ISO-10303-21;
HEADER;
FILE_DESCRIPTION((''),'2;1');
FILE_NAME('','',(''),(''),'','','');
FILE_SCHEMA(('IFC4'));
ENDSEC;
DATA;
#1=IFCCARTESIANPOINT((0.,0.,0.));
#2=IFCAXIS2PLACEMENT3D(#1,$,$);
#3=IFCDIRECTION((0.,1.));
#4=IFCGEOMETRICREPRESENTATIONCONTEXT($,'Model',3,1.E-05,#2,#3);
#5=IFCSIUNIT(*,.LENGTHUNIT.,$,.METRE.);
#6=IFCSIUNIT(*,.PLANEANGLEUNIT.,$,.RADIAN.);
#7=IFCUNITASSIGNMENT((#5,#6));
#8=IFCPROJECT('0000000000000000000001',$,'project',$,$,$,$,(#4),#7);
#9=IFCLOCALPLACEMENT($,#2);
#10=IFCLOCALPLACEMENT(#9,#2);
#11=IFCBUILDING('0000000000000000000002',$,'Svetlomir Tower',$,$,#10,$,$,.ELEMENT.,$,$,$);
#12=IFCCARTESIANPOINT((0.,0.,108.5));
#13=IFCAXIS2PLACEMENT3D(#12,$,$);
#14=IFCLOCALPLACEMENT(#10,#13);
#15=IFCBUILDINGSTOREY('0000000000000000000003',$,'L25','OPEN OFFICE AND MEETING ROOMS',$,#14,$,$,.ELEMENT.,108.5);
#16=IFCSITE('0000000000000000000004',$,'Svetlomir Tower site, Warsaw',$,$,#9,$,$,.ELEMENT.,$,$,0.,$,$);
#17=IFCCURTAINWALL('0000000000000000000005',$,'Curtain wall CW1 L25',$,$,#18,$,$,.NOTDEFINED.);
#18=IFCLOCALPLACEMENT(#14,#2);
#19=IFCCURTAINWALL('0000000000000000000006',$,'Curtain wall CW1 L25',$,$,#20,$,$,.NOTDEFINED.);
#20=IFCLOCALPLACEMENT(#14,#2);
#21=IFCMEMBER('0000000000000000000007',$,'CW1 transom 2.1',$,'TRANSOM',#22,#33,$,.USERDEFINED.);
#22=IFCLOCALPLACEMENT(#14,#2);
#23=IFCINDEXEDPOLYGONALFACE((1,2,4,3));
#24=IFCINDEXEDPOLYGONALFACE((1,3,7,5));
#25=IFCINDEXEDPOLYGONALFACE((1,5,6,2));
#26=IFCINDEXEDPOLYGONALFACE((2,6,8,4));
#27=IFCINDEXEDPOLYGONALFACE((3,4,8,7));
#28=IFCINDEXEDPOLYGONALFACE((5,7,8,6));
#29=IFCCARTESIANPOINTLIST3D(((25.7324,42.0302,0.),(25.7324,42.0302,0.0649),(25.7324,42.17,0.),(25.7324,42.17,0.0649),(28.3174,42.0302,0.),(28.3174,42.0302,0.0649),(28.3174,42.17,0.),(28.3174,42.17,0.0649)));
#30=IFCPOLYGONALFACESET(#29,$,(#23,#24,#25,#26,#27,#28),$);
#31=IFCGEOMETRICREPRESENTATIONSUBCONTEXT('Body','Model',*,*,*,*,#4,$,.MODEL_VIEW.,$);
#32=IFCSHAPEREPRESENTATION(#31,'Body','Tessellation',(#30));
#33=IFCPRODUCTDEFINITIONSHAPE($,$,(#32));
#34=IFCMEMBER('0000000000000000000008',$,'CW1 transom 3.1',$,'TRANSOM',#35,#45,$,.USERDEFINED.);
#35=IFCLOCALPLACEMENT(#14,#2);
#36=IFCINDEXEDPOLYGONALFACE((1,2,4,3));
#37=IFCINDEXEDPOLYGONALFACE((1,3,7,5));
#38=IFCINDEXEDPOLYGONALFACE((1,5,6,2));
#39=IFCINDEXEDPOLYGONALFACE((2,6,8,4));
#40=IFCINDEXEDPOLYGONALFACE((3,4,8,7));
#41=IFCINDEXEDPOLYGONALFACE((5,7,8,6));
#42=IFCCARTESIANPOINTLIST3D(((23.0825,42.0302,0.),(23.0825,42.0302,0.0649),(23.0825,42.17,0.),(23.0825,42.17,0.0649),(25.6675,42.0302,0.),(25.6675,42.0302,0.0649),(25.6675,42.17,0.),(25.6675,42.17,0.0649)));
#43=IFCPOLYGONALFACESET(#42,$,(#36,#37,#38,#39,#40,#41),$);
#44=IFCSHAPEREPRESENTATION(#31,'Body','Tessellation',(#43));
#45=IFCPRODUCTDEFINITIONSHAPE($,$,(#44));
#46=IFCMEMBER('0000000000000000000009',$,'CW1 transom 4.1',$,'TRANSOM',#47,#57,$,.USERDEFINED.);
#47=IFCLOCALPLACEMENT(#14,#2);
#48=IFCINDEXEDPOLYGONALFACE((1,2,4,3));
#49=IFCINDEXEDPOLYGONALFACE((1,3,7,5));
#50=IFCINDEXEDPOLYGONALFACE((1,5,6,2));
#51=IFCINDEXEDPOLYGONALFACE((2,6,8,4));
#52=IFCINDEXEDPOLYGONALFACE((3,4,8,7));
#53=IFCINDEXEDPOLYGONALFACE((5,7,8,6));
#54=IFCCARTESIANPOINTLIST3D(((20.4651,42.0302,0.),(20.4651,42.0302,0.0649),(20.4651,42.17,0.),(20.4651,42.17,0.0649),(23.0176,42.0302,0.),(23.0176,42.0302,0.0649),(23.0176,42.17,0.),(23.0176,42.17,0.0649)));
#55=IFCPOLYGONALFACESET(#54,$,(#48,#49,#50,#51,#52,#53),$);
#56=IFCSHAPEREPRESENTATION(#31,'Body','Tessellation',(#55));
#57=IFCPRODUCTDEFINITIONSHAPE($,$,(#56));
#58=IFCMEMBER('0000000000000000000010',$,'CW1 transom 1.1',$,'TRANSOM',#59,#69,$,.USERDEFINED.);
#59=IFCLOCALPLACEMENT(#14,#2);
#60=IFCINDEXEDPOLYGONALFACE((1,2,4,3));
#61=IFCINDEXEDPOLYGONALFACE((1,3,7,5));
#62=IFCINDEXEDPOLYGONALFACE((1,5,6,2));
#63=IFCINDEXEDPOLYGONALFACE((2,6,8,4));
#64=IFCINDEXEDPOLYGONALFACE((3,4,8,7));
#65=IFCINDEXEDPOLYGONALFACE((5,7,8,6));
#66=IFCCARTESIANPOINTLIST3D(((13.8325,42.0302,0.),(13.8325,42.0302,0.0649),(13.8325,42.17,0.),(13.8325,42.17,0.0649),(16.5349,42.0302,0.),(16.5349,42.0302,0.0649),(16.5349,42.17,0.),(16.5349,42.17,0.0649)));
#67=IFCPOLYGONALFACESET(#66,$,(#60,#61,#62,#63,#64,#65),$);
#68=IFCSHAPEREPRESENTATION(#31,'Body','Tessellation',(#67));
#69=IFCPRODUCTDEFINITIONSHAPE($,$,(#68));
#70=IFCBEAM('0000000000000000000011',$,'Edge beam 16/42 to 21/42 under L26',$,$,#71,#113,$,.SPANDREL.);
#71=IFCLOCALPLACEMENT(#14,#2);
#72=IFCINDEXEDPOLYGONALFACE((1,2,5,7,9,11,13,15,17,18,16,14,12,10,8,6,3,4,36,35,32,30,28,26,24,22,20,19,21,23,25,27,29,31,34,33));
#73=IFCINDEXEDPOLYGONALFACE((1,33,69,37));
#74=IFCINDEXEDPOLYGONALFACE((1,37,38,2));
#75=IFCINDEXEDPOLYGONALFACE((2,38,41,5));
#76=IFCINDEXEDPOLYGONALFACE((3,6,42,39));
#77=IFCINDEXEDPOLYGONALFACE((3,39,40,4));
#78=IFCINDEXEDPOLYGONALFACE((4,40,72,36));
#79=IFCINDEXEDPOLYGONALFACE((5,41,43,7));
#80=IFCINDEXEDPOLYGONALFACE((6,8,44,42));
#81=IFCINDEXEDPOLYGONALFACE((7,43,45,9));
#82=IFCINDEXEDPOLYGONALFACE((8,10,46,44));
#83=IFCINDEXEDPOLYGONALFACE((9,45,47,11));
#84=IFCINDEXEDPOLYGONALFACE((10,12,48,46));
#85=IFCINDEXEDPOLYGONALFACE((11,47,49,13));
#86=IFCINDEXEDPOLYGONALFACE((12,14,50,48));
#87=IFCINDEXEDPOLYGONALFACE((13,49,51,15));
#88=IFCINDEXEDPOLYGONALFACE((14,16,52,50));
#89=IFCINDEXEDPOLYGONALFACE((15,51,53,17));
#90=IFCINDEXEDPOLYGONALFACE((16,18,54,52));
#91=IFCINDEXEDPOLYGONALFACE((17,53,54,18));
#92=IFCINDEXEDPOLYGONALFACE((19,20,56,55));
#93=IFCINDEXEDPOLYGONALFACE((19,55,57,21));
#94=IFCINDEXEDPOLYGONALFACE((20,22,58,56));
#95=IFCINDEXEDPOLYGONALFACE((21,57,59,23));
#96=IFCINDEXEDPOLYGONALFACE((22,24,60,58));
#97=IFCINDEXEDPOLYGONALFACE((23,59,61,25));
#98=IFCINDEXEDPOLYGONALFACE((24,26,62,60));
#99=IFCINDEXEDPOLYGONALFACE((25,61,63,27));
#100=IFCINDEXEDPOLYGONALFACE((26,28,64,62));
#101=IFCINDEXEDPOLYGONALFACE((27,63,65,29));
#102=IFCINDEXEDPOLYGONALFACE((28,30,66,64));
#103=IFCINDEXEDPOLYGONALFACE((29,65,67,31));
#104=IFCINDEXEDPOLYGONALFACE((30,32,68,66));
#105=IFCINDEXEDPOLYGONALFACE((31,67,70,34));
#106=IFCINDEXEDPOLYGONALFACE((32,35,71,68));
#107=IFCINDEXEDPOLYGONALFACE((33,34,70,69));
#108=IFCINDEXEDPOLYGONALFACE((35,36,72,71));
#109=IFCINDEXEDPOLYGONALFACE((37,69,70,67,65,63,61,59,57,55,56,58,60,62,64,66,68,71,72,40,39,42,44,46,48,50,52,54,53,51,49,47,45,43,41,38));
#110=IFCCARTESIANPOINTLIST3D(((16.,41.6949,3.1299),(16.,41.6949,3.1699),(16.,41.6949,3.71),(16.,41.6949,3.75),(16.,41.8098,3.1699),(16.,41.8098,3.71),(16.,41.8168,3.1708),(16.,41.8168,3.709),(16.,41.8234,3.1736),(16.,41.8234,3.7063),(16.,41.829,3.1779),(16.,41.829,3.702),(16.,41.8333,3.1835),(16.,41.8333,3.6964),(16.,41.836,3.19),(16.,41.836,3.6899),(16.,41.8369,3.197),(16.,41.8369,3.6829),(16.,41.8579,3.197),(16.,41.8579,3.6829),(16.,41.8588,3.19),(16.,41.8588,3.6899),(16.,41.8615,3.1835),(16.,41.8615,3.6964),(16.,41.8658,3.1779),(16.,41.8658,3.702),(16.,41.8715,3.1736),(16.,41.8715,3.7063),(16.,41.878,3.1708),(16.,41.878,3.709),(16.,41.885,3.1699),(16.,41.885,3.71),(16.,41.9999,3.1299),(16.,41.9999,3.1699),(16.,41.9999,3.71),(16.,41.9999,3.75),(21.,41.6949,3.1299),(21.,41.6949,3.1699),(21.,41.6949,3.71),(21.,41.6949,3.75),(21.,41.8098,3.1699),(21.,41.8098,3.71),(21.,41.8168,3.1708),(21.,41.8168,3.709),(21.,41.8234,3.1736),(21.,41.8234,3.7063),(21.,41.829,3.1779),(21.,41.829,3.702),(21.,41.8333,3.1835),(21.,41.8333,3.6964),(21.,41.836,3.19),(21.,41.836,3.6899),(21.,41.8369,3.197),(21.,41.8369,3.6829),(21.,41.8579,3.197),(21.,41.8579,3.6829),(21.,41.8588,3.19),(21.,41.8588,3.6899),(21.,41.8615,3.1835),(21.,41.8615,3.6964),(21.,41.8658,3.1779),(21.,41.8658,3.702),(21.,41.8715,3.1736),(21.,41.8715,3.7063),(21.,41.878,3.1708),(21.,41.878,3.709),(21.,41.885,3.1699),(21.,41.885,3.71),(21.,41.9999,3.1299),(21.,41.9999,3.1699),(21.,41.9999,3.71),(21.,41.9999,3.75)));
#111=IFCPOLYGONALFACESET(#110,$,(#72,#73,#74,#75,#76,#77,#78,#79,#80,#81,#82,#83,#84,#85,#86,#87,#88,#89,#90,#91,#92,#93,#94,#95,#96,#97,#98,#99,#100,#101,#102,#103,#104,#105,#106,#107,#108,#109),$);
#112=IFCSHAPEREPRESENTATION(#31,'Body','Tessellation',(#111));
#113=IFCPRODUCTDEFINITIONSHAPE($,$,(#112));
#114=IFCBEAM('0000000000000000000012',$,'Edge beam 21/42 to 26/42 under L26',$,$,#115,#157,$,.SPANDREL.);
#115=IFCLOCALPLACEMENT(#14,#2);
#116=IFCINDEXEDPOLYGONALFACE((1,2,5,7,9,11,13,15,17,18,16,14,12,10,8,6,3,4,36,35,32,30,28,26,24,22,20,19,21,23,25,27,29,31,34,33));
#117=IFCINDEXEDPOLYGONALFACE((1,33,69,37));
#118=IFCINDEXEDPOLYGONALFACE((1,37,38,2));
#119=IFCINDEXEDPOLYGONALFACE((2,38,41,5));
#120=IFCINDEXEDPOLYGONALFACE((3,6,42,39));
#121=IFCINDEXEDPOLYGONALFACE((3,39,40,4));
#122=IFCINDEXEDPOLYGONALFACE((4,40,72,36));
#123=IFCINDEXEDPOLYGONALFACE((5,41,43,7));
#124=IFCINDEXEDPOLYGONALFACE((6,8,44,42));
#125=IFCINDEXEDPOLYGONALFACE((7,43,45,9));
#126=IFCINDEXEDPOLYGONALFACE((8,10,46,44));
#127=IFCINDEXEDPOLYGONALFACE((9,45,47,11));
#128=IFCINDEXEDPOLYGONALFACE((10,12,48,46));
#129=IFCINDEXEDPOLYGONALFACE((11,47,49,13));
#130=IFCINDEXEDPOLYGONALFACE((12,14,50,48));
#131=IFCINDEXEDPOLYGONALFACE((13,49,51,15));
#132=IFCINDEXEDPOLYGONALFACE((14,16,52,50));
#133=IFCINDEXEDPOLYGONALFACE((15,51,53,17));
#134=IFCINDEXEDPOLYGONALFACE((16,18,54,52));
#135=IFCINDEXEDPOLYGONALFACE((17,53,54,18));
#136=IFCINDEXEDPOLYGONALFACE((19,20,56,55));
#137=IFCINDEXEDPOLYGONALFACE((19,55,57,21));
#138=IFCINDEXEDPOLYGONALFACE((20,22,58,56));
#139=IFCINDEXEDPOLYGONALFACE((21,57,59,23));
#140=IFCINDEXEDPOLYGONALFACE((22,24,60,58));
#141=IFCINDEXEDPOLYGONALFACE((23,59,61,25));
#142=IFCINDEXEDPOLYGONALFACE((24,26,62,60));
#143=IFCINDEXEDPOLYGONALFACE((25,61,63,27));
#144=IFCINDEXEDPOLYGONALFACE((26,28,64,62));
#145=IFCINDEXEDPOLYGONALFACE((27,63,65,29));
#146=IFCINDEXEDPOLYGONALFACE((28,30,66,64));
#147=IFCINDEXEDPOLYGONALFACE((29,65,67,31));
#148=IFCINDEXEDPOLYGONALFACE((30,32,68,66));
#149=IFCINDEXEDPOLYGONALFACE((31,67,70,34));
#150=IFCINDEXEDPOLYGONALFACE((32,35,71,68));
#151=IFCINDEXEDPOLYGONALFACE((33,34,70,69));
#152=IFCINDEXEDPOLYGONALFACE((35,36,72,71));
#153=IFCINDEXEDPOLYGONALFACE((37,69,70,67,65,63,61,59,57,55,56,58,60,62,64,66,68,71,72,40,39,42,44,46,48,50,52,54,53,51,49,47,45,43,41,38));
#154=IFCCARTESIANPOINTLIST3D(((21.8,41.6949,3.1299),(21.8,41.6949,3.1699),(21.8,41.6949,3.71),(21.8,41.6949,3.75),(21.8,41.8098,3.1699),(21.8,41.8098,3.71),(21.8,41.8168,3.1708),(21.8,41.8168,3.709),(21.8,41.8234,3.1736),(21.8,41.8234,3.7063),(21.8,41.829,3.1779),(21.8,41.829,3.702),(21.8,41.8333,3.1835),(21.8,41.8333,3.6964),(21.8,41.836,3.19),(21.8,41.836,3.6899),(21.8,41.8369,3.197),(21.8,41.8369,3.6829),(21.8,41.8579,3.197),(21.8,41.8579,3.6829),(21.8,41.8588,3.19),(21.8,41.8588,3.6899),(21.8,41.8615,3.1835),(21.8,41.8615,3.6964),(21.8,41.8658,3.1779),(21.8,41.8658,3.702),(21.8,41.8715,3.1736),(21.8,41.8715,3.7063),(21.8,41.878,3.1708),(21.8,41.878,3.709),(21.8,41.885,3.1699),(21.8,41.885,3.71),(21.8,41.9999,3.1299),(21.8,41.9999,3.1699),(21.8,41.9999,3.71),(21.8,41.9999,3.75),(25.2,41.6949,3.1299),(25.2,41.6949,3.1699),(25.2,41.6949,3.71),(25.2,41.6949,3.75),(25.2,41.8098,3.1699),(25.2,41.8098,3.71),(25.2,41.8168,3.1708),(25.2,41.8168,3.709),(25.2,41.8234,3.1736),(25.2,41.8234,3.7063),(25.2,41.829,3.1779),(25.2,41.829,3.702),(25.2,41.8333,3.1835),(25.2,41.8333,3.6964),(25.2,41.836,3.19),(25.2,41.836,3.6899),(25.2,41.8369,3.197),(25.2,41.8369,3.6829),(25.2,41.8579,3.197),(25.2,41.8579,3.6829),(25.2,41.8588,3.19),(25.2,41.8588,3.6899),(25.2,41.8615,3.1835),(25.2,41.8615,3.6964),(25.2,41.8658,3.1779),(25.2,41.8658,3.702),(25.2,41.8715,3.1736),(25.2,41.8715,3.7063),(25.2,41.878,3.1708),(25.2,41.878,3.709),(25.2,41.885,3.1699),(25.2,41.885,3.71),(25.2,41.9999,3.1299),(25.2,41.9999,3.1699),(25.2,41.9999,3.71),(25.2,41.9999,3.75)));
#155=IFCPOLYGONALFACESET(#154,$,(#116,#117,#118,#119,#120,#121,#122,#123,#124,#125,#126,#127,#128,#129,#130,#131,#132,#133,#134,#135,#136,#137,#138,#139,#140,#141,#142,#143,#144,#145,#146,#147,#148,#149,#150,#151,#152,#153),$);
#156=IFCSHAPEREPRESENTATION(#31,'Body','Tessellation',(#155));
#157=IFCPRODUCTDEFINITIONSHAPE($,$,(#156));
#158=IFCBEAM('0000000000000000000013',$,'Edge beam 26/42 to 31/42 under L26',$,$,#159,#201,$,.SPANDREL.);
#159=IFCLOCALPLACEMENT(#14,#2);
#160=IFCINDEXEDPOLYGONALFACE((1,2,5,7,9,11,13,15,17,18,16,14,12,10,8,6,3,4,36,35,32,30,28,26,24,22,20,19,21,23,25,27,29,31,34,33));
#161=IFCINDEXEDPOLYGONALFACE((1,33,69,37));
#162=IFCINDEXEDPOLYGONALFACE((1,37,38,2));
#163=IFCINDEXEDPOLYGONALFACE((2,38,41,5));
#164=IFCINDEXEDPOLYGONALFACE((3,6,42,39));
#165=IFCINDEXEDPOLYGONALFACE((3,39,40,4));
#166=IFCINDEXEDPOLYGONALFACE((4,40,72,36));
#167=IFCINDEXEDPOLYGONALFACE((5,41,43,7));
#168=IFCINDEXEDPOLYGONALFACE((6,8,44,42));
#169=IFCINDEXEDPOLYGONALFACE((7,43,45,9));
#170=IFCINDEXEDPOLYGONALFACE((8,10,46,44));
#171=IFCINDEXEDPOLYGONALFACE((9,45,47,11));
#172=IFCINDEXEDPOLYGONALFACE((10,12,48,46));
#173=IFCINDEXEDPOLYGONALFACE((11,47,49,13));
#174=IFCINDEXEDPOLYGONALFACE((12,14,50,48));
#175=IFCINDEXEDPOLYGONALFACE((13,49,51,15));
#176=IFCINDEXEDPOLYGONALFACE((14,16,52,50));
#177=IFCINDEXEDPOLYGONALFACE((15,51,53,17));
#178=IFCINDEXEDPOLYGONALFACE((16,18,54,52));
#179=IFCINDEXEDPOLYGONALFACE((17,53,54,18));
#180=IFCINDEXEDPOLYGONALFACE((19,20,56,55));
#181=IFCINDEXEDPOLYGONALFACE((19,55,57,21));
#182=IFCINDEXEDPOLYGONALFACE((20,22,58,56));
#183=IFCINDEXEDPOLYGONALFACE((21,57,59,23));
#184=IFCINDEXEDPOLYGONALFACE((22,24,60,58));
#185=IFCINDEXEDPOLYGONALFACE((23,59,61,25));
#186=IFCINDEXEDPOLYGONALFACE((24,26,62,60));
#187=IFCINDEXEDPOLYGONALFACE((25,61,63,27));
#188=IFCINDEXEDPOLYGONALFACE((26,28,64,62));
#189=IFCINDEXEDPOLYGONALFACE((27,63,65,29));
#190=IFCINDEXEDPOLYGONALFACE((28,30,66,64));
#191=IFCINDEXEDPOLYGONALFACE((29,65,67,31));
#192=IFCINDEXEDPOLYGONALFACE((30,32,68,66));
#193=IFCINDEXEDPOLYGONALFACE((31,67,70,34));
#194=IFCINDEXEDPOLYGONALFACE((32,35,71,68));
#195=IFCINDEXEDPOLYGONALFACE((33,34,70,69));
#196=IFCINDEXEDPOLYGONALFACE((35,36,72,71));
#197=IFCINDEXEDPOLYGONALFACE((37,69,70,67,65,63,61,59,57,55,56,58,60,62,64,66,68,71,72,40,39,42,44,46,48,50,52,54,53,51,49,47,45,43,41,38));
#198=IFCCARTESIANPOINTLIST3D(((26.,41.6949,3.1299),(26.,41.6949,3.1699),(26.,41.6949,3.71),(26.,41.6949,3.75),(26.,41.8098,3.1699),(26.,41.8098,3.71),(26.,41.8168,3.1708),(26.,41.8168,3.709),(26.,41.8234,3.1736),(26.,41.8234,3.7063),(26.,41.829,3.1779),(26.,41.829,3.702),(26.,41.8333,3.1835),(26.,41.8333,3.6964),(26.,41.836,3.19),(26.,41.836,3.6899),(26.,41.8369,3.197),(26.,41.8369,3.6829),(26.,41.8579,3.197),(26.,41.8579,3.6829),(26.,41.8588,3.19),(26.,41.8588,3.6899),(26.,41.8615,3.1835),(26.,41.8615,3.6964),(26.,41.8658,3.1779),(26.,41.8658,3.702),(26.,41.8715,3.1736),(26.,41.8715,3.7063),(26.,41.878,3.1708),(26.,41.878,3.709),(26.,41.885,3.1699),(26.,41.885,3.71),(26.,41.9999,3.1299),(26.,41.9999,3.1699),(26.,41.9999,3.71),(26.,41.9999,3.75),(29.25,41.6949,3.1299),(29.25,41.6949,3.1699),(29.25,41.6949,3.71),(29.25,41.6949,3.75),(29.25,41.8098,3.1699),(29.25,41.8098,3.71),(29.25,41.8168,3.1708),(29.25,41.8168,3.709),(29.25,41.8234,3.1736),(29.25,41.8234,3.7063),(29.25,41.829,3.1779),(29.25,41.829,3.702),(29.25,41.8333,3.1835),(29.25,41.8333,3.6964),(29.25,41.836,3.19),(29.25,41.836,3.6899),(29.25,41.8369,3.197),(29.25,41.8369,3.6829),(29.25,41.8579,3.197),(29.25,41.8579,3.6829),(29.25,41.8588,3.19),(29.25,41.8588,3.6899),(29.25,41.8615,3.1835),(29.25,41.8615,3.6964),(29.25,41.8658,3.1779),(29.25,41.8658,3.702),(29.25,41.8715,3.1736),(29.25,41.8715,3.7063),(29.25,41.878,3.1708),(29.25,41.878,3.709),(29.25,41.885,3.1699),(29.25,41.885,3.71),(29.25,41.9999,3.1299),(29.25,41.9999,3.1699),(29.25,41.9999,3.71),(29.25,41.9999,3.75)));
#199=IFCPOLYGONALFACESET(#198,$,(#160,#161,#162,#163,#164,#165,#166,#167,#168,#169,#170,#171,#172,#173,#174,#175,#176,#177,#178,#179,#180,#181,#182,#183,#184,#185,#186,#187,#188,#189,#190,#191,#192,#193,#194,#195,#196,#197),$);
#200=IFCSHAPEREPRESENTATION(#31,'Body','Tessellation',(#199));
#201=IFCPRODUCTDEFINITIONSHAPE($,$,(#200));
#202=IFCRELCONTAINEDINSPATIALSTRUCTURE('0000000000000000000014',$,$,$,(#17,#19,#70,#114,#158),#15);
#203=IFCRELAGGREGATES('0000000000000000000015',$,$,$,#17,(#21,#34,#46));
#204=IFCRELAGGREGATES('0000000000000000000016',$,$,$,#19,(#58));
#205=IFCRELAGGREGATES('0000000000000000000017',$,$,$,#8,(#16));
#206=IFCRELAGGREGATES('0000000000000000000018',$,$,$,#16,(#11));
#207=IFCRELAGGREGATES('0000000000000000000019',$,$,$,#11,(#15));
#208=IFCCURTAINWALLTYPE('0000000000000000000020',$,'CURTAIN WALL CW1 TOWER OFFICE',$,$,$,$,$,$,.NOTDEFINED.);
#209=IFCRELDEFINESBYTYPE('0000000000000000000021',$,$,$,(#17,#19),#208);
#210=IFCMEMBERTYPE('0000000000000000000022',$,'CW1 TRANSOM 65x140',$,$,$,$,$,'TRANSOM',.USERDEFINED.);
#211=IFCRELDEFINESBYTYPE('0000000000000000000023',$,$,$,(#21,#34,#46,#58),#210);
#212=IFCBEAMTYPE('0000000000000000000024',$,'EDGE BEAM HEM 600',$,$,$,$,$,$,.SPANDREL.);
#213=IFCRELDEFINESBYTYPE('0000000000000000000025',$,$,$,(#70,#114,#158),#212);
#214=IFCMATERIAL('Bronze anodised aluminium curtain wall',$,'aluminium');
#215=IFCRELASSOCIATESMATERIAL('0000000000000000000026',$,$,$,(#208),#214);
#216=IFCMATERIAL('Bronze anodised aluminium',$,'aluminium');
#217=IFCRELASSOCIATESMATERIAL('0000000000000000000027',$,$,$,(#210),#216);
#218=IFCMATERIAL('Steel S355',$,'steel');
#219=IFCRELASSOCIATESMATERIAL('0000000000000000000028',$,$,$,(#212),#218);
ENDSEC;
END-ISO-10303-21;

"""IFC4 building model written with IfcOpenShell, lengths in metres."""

from ifc_helpers import new_model, si_unit, direction, frame, origin, origin_2d, place, context, subcontext, project, spatial, rectangle, i_section, extrude, material, material_profile, profile_set, type_object, element, aggregate, save


model = new_model("IFC4")

# Units and contexts
model_context = context("Model", 3, precision=1e-05, world=origin(), true_north=direction((0.0, 1.0)))
body_context = subcontext(model_context, "Body", "Model", "MODEL_VIEW")
ifc_project = project(units=[si_unit("LENGTHUNIT", "METRE"), si_unit("PLANEANGLEUNIT", "RADIAN")], contexts=[model_context])

# Site, building, storey
site_placement = place(None, origin())
site = spatial("IfcSite", under=ifc_project, at=site_placement, Name="Svetlomir Tower site, Warsaw", CompositionType="ELEMENT", RefElevation=0.0)
building_placement = place(site_placement, origin())
building = spatial("IfcBuilding", under=site, at=building_placement, Name="Svetlomir Tower", CompositionType="ELEMENT")
storey_placement = place(building_placement, frame((0.0, 0.0, 108.5)))
storey = spatial("IfcBuildingStorey", under=building, at=storey_placement, Name="L25", Description="OPEN OFFICE AND MEETING ROOMS", CompositionType="ELEMENT", Elevation=108.5)

# Curtain wall
ifc_material_1 = material(Name="Bronze anodised aluminium curtain wall", Category="aluminium")
curtain_wall_type = type_object("IfcCurtainWallType", Name="CURTAIN WALL CW1 TOWER OFFICE", PredefinedType="NOTDEFINED", material=ifc_material_1)
curtain_wall_1_placement = place(storey_placement, origin())
curtain_wall_1 = element("IfcCurtainWall", 1, at=curtain_wall_1_placement, inside=storey, type_object=curtain_wall_type, Name="Curtain wall CW1 L25", PredefinedType="NOTDEFINED")

# Curtain wall
curtain_wall_2_placement = place(storey_placement, origin())
curtain_wall_2 = element("IfcCurtainWall", 2, at=curtain_wall_2_placement, inside=storey, type_object=curtain_wall_type, Name="Curtain wall CW1 L25", PredefinedType="NOTDEFINED")

# Members
ifc_material_2 = material(Name="Bronze anodised aluminium", Category="aluminium")
ifc_material_profile_1 = material_profile(ifc_material_2, rectangle(XDim=0.1399, YDim=0.0649, at=origin_2d()), Name="AL 140x65")
ifc_profile_set_1 = profile_set([ifc_material_profile_1], Name="Bronze anodised aluminium 6063-T6")
member_type_1 = type_object("IfcMemberType", Name="CW1 TRANSOM 65x140", ElementType="TRANSOM", PredefinedType="USERDEFINED", material=ifc_profile_set_1)
member_1_placement = place(storey_placement, frame((28.3174, 42.1001, 0.0325), z_axis=(-1.0, 0.0, 0.0), x_axis=(0.0, -1.0, 0.0)))
member_1 = element("IfcMember", 3, at=member_1_placement, type_object=member_type_1, Name="CW1 transom 2.1", ObjectType="TRANSOM", PredefinedType="USERDEFINED", context=body_context, shape_type="SweptSolid", body=[
    extrude(rectangle(XDim=0.1399, YDim=0.0649, at=origin_2d()), origin(), (0.0, 0.0, 1.0), 2.585),
])
member_2_placement = place(storey_placement, frame((25.6675, 42.1001, 0.0325), z_axis=(-1.0, 0.0, 0.0), x_axis=(0.0, -1.0, 0.0)))
member_2 = element("IfcMember", 4, at=member_2_placement, type_object=member_type_1, Name="CW1 transom 3.1", ObjectType="TRANSOM", PredefinedType="USERDEFINED", context=body_context, shape_type="SweptSolid", body=[
    extrude(rectangle(XDim=0.1399, YDim=0.0649, at=origin_2d()), origin(), (0.0, 0.0, 1.0), 2.585),
])
member_3_placement = place(storey_placement, frame((23.0176, 42.1001, 0.0325), z_axis=(-1.0, 0.0, 0.0), x_axis=(0.0, -1.0, 0.0)))
member_3 = element("IfcMember", 5, at=member_3_placement, type_object=member_type_1, Name="CW1 transom 4.1", ObjectType="TRANSOM", PredefinedType="USERDEFINED", context=body_context, shape_type="SweptSolid", body=[
    extrude(rectangle(XDim=0.1399, YDim=0.0649, at=origin_2d()), origin(), (0.0, 0.0, 1.0), 2.5525),
])
member_4_placement = place(storey_placement, frame((16.5349, 42.1001, 0.0325), z_axis=(-1.0, 0.0, 0.0), x_axis=(0.0, -1.0, 0.0)))
member_4 = element("IfcMember", 6, at=member_4_placement, type_object=member_type_1, Name="CW1 transom 1.1", ObjectType="TRANSOM", PredefinedType="USERDEFINED", context=body_context, shape_type="SweptSolid", body=[
    extrude(rectangle(XDim=0.1399, YDim=0.0649, at=origin_2d()), origin(), (0.0, 0.0, 1.0), 2.7024),
])

# Beams
ifc_material_3 = material(Name="Steel S355", Category="steel")
ifc_material_profile_2 = material_profile(ifc_material_3, i_section(OverallWidth=0.3049, OverallDepth=0.6201, WebThickness=0.021, FlangeThickness=0.04, FilletRadius=0.0271, at=origin_2d()), Name="HEM 600")
ifc_profile_set_2 = profile_set([ifc_material_profile_2], Name="Steel S355")
beam_type_1 = type_object("IfcBeamType", Name="EDGE BEAM HEM 600", PredefinedType="SPANDREL", material=ifc_profile_set_2)
beam_1_placement = place(storey_placement, frame((16.0, 41.8474, 3.4399), z_axis=(1.0, 0.0, 0.0), x_axis=(0.0, 1.0, 0.0)))
element("IfcBeam", 7, at=beam_1_placement, inside=storey, type_object=beam_type_1, Name="Edge beam 16/42 to 21/42 under L26", PredefinedType="SPANDREL", context=body_context, shape_type="SweptSolid", body=[
    extrude(i_section(OverallWidth=0.3049, OverallDepth=0.6201, WebThickness=0.021, FlangeThickness=0.04, FilletRadius=0.0271, at=origin_2d()), origin(), (0.0, 0.0, 1.0), 5.0),
])
beam_2_placement = place(storey_placement, frame((21.8, 41.8474, 3.4399), z_axis=(1.0, 0.0, 0.0), x_axis=(0.0, 1.0, 0.0)))
element("IfcBeam", 8, at=beam_2_placement, inside=storey, type_object=beam_type_1, Name="Edge beam 21/42 to 26/42 under L26", PredefinedType="SPANDREL", context=body_context, shape_type="SweptSolid", body=[
    extrude(i_section(OverallWidth=0.3049, OverallDepth=0.6201, WebThickness=0.021, FlangeThickness=0.04, FilletRadius=0.0271, at=origin_2d()), origin(), (0.0, 0.0, 1.0), 3.3999),
])
beam_3_placement = place(storey_placement, frame((26.0, 41.8474, 3.4399), z_axis=(1.0, 0.0, 0.0), x_axis=(0.0, 1.0, 0.0)))
element("IfcBeam", 9, at=beam_3_placement, inside=storey, type_object=beam_type_1, Name="Edge beam 26/42 to 31/42 under L26", PredefinedType="SPANDREL", context=body_context, shape_type="SweptSolid", body=[
    extrude(i_section(OverallWidth=0.3049, OverallDepth=0.6201, WebThickness=0.021, FlangeThickness=0.04, FilletRadius=0.0271, at=origin_2d()), origin(), (0.0, 0.0, 1.0), 3.25),
])

aggregate(curtain_wall_1, [member_1, member_2, member_3])
aggregate(curtain_wall_2, [member_4])

save(model, "model.ifc")
